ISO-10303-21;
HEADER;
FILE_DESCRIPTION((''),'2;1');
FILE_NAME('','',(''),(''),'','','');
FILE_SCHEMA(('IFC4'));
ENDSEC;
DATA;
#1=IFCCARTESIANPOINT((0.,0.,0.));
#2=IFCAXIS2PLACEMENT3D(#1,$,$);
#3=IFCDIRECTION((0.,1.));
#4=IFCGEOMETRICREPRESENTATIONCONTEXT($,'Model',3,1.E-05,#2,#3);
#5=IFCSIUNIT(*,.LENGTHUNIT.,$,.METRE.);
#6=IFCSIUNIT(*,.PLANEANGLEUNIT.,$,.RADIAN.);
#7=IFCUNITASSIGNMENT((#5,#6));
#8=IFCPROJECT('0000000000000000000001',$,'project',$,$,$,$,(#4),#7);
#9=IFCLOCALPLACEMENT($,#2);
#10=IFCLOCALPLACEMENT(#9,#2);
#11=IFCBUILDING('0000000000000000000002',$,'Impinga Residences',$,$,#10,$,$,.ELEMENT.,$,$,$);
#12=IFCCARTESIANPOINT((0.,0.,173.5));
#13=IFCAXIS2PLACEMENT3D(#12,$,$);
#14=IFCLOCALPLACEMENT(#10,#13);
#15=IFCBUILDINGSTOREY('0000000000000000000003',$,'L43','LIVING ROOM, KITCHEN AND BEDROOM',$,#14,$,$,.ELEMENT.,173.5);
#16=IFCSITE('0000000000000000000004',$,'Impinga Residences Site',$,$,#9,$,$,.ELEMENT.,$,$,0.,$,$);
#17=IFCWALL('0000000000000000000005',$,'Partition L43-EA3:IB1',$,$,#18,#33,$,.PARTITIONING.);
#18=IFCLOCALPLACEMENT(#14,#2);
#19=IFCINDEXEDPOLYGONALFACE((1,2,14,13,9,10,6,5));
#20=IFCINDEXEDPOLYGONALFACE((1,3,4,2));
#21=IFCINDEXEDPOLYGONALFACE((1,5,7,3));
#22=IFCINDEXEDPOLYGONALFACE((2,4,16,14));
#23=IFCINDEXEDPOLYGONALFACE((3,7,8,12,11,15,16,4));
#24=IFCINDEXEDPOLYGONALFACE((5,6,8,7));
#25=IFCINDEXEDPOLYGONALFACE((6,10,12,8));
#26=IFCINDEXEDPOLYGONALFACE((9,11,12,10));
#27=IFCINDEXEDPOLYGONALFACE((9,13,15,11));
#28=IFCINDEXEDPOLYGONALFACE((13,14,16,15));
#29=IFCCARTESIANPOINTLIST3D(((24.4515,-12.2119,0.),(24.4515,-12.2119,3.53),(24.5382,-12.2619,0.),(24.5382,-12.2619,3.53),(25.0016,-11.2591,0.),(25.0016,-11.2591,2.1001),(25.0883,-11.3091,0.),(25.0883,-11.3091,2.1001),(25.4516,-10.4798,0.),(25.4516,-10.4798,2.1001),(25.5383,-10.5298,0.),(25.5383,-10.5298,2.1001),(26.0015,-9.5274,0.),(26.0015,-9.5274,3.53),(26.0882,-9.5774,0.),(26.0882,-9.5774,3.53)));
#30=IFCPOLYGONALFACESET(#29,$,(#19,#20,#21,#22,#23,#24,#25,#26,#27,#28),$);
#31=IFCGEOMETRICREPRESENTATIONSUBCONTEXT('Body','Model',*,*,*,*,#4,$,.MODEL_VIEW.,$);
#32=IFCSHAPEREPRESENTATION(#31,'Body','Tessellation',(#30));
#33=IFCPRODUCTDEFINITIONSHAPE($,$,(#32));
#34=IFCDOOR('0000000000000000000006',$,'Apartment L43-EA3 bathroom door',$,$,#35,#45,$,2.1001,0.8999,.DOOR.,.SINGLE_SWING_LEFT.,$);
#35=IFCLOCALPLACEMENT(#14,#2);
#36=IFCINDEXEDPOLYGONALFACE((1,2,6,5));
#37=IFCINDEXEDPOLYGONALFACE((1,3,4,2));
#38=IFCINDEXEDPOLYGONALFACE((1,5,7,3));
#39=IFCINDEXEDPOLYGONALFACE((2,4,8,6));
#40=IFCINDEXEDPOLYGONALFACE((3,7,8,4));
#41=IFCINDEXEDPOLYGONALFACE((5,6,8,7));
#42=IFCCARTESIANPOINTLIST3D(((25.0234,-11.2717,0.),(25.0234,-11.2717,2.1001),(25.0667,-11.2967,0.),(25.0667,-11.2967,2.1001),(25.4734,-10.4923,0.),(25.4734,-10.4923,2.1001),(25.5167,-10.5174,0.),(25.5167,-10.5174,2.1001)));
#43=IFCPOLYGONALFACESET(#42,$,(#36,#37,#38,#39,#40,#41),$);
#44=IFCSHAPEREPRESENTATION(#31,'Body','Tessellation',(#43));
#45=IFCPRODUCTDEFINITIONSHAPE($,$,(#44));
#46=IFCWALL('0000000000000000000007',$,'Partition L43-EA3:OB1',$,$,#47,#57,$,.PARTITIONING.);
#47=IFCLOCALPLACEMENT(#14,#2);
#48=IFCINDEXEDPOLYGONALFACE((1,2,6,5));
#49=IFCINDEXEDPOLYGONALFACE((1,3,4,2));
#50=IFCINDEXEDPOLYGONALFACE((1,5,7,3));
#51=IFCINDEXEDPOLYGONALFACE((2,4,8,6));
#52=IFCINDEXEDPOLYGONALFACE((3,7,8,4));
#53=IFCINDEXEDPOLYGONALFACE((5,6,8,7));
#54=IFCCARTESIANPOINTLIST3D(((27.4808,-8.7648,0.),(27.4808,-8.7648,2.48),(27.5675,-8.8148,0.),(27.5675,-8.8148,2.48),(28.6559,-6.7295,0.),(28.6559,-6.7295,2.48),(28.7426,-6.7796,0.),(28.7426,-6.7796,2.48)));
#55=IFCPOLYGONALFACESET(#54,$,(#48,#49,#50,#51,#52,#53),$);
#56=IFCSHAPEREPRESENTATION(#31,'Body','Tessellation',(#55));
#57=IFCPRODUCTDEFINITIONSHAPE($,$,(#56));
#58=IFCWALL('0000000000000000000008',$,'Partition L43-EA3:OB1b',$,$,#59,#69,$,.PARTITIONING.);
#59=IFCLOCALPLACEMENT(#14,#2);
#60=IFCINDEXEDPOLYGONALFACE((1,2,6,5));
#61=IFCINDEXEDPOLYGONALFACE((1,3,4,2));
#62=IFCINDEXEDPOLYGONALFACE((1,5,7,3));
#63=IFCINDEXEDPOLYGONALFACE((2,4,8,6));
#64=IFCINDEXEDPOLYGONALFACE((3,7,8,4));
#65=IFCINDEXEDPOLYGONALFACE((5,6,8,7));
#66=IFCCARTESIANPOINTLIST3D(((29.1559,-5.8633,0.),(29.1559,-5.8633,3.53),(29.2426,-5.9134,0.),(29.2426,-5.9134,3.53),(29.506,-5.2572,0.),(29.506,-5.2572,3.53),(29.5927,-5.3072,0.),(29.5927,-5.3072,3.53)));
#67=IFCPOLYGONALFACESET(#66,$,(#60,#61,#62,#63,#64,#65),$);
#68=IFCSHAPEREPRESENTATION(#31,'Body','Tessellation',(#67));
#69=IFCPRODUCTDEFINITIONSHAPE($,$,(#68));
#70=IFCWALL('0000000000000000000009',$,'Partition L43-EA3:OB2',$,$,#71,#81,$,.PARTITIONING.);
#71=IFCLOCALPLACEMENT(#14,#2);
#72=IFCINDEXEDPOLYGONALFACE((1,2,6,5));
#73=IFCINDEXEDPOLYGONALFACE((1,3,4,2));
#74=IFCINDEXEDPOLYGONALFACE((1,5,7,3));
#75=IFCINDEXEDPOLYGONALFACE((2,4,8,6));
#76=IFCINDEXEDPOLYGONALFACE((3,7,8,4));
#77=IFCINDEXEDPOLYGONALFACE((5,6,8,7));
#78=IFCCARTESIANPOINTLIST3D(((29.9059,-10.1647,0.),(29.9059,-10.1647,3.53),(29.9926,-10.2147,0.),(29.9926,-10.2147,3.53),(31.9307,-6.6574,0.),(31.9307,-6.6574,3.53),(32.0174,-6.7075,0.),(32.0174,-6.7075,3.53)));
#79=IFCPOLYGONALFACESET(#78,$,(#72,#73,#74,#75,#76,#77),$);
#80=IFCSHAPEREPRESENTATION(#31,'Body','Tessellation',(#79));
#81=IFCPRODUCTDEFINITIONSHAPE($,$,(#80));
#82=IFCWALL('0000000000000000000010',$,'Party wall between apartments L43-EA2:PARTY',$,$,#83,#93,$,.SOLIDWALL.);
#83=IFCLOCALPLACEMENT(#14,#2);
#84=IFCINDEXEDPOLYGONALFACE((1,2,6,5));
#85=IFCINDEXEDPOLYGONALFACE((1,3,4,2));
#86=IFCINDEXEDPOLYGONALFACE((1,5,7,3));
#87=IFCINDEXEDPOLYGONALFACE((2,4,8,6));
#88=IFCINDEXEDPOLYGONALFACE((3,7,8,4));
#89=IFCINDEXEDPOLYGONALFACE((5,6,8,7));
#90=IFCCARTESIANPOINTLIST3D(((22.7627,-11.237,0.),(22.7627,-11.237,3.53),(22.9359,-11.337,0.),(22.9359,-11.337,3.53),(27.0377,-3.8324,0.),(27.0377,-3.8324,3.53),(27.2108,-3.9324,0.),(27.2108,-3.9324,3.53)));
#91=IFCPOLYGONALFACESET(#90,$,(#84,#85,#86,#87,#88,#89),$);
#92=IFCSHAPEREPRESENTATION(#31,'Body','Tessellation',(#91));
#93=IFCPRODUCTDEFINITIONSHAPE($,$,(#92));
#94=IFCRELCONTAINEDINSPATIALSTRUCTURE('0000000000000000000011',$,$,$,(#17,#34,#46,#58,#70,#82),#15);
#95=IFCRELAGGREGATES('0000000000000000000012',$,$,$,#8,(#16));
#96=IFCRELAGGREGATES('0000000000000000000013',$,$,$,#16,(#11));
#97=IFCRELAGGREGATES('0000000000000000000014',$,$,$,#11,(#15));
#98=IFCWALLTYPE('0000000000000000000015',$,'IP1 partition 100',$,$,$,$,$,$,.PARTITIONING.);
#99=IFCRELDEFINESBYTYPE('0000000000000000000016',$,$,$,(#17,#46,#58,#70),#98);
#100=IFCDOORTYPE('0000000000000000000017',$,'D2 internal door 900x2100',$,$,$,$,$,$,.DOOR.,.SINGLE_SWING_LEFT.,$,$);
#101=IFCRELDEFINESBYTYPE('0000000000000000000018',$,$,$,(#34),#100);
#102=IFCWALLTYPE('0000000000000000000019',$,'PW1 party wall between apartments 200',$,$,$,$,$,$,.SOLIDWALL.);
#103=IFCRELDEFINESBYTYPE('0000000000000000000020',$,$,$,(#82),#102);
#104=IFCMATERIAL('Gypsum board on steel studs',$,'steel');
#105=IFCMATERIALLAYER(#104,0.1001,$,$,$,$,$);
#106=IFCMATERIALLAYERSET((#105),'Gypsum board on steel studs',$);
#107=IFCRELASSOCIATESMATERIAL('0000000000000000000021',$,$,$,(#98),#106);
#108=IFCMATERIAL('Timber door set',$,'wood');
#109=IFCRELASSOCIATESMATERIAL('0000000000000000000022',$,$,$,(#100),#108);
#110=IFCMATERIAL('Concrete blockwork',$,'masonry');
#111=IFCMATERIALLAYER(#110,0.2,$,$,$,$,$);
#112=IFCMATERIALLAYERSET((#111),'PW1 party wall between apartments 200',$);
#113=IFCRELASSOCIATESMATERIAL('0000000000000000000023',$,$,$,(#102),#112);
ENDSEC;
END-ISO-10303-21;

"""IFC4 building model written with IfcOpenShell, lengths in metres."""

from ifc_helpers import new_model, si_unit, direction, frame, frame_2d, origin, place, context, subcontext, project, spatial, rectangle, extrude, material, layer, layer_set, type_object, element, fill, save


model = new_model("IFC4")

# Units and contexts
model_context = context("Model", 3, precision=1e-05, world=origin(), true_north=direction((0.0, 1.0)))
body_context = subcontext(model_context, "Body", "Model", "MODEL_VIEW")
ifc_project = project(units=[si_unit("LENGTHUNIT", "METRE"), si_unit("PLANEANGLEUNIT", "RADIAN")], contexts=[model_context])

# Site, building, storey
site_placement = place(None, origin())
site = spatial("IfcSite", under=ifc_project, at=site_placement, Name="Impinga Residences Site", CompositionType="ELEMENT", RefElevation=0.0)
building_placement = place(site_placement, origin())
building = spatial("IfcBuilding", under=site, at=building_placement, Name="Impinga Residences", CompositionType="ELEMENT")
storey_placement = place(building_placement, frame((0.0, 0.0, 173.5)))
storey = spatial("IfcBuildingStorey", under=building, at=storey_placement, Name="L43", Description="LIVING ROOM, KITCHEN AND BEDROOM", CompositionType="ELEMENT", Elevation=173.5)

# Shared definitions
ifc_material_1 = material(Name="Concrete blockwork", Category="masonry")
ifc_material_2 = material(Name="Timber door set", Category="wood")

# Shared definitions
ifc_material_3 = material(Name="Gypsum board on steel studs", Category="steel")
ifc_layer_1 = layer(ifc_material_3, 0.1001)
ifc_layer_set_1 = layer_set([ifc_layer_1], Name="Gypsum board on steel studs")
wall_type_1 = type_object("IfcWallType", Name="IP1 partition 100", PredefinedType="PARTITIONING", material=ifc_layer_set_1)

# Shared definitions
door_type_1 = type_object("IfcDoorType", Name="D2 internal door 900x2100", OperationType="SINGLE_SWING_LEFT", PredefinedType="DOOR", material=ifc_material_2)

# Wall, opening, door
wall_1_placement = place(storey_placement, frame((24.4949, -12.2368, 0.0), z_axis=(0.0, 0.0, 1.0), x_axis=(0.500027, 0.86601, 0.0)))
wall_1 = element("IfcWall", 1, at=wall_1_placement, inside=storey, type_object=wall_type_1, Name="Partition L43-EA3:IB1", PredefinedType="PARTITIONING", context=body_context, shape_type="SweptSolid", body=[
    extrude(rectangle(XDim=3.0999, YDim=0.1001, at=frame_2d((1.5498, 0.0))), origin(), (0.0, 0.0, 1.0), 3.53),
])
opening_1_placement = place(wall_1_placement, frame((1.1001, 0.0, 0.0)))
opening_1 = element("IfcOpeningElement", 2, at=opening_1_placement, cuts=wall_1, PredefinedType="OPENING", context=body_context, shape_type="SweptSolid", body=[
    extrude(rectangle(XDim=0.8999, YDim=2.1001, at=frame_2d((0.45, 1.05))), frame((0.0, 0.0601, 0.0), z_axis=(0.0, -1.0, 0.0), x_axis=(1.0, 0.0, 0.0)), (0.0, 0.0, 1.0), 0.1201),
])
door_1_placement = place(opening_1_placement, origin())
door_1 = element("IfcDoor", 3, at=door_1_placement, inside=storey, type_object=door_type_1, Name="Apartment L43-EA3 bathroom door", OperationType="SINGLE_SWING_LEFT", OverallHeight=2.1001, OverallWidth=0.8999, PredefinedType="DOOR", context=body_context, shape_type="SweptSolid", body=[
    extrude(rectangle(XDim=0.8999, YDim=2.1001, at=frame_2d((0.45, 1.05))), frame((0.0, 0.0249, 0.0), z_axis=(0.0, -1.0, 0.0), x_axis=(1.0, 0.0, 0.0)), (0.0, 0.0, 1.0), 0.05),
])
fill(opening_1, door_1)

# Walls
wall_2_placement = place(storey_placement, frame((27.5242, -8.7898, 0.0), z_axis=(0.0, 0.0, 1.0), x_axis=(0.500016, 0.866016, 0.0)))
element("IfcWall", 4, at=wall_2_placement, inside=storey, type_object=wall_type_1, Name="Partition L43-EA3:OB1", PredefinedType="PARTITIONING", context=body_context, shape_type="SweptSolid", body=[
    extrude(rectangle(XDim=2.3501, YDim=0.1001, at=frame_2d((1.175, 0.0))), origin(), (0.0, 0.0, 1.0), 2.48),
])
wall_3_placement = place(storey_placement, frame((29.1992, -5.8884, 0.0), z_axis=(0.0, 0.0, 1.0), x_axis=(0.500115, 0.865959, 0.0)))
element("IfcWall", 5, at=wall_3_placement, inside=storey, type_object=wall_type_1, Name="Partition L43-EA3:OB1b", PredefinedType="PARTITIONING", context=body_context, shape_type="SweptSolid", body=[
    extrude(rectangle(XDim=0.7, YDim=0.1001, at=frame_2d((0.3501, 0.0))), origin(), (0.0, 0.0, 1.0), 3.53),
])
wall_4_placement = place(storey_placement, frame((29.9492, -10.1897, 0.0), z_axis=(0.0, 0.0, 1.0), x_axis=(0.49999, 0.866031, 0.0)))
element("IfcWall", 6, at=wall_4_placement, inside=storey, type_object=wall_type_1, Name="Partition L43-EA3:OB2", PredefinedType="PARTITIONING", context=body_context, shape_type="SweptSolid", body=[
    extrude(rectangle(XDim=4.0498, YDim=0.1001, at=frame_2d((2.0249, 0.0))), origin(), (0.0, 0.0, 1.0), 3.53),
])
ifc_layer_2 = layer(ifc_material_1, 0.2)
ifc_layer_set_2 = layer_set([ifc_layer_2], Name="PW1 party wall between apartments 200")
wall_type_2 = type_object("IfcWallType", Name="PW1 party wall between apartments 200", PredefinedType="SOLIDWALL", material=ifc_layer_set_2)
wall_5_placement = place(storey_placement, frame((22.8494, -11.2869, 0.0), z_axis=(0.0, 0.0, 1.0), x_axis=(0.49999, 0.866031, 0.0)))
element("IfcWall", 7, at=wall_5_placement, inside=storey, type_object=wall_type_2, Name="Party wall between apartments L43-EA2:PARTY", PredefinedType="SOLIDWALL", context=body_context, shape_type="SweptSolid", body=[
    extrude(rectangle(XDim=8.55, YDim=0.2, at=frame_2d((4.2749, 0.0))), origin(), (0.0, 0.0, 1.0), 3.53),
])

save(model, "model.ifc")
